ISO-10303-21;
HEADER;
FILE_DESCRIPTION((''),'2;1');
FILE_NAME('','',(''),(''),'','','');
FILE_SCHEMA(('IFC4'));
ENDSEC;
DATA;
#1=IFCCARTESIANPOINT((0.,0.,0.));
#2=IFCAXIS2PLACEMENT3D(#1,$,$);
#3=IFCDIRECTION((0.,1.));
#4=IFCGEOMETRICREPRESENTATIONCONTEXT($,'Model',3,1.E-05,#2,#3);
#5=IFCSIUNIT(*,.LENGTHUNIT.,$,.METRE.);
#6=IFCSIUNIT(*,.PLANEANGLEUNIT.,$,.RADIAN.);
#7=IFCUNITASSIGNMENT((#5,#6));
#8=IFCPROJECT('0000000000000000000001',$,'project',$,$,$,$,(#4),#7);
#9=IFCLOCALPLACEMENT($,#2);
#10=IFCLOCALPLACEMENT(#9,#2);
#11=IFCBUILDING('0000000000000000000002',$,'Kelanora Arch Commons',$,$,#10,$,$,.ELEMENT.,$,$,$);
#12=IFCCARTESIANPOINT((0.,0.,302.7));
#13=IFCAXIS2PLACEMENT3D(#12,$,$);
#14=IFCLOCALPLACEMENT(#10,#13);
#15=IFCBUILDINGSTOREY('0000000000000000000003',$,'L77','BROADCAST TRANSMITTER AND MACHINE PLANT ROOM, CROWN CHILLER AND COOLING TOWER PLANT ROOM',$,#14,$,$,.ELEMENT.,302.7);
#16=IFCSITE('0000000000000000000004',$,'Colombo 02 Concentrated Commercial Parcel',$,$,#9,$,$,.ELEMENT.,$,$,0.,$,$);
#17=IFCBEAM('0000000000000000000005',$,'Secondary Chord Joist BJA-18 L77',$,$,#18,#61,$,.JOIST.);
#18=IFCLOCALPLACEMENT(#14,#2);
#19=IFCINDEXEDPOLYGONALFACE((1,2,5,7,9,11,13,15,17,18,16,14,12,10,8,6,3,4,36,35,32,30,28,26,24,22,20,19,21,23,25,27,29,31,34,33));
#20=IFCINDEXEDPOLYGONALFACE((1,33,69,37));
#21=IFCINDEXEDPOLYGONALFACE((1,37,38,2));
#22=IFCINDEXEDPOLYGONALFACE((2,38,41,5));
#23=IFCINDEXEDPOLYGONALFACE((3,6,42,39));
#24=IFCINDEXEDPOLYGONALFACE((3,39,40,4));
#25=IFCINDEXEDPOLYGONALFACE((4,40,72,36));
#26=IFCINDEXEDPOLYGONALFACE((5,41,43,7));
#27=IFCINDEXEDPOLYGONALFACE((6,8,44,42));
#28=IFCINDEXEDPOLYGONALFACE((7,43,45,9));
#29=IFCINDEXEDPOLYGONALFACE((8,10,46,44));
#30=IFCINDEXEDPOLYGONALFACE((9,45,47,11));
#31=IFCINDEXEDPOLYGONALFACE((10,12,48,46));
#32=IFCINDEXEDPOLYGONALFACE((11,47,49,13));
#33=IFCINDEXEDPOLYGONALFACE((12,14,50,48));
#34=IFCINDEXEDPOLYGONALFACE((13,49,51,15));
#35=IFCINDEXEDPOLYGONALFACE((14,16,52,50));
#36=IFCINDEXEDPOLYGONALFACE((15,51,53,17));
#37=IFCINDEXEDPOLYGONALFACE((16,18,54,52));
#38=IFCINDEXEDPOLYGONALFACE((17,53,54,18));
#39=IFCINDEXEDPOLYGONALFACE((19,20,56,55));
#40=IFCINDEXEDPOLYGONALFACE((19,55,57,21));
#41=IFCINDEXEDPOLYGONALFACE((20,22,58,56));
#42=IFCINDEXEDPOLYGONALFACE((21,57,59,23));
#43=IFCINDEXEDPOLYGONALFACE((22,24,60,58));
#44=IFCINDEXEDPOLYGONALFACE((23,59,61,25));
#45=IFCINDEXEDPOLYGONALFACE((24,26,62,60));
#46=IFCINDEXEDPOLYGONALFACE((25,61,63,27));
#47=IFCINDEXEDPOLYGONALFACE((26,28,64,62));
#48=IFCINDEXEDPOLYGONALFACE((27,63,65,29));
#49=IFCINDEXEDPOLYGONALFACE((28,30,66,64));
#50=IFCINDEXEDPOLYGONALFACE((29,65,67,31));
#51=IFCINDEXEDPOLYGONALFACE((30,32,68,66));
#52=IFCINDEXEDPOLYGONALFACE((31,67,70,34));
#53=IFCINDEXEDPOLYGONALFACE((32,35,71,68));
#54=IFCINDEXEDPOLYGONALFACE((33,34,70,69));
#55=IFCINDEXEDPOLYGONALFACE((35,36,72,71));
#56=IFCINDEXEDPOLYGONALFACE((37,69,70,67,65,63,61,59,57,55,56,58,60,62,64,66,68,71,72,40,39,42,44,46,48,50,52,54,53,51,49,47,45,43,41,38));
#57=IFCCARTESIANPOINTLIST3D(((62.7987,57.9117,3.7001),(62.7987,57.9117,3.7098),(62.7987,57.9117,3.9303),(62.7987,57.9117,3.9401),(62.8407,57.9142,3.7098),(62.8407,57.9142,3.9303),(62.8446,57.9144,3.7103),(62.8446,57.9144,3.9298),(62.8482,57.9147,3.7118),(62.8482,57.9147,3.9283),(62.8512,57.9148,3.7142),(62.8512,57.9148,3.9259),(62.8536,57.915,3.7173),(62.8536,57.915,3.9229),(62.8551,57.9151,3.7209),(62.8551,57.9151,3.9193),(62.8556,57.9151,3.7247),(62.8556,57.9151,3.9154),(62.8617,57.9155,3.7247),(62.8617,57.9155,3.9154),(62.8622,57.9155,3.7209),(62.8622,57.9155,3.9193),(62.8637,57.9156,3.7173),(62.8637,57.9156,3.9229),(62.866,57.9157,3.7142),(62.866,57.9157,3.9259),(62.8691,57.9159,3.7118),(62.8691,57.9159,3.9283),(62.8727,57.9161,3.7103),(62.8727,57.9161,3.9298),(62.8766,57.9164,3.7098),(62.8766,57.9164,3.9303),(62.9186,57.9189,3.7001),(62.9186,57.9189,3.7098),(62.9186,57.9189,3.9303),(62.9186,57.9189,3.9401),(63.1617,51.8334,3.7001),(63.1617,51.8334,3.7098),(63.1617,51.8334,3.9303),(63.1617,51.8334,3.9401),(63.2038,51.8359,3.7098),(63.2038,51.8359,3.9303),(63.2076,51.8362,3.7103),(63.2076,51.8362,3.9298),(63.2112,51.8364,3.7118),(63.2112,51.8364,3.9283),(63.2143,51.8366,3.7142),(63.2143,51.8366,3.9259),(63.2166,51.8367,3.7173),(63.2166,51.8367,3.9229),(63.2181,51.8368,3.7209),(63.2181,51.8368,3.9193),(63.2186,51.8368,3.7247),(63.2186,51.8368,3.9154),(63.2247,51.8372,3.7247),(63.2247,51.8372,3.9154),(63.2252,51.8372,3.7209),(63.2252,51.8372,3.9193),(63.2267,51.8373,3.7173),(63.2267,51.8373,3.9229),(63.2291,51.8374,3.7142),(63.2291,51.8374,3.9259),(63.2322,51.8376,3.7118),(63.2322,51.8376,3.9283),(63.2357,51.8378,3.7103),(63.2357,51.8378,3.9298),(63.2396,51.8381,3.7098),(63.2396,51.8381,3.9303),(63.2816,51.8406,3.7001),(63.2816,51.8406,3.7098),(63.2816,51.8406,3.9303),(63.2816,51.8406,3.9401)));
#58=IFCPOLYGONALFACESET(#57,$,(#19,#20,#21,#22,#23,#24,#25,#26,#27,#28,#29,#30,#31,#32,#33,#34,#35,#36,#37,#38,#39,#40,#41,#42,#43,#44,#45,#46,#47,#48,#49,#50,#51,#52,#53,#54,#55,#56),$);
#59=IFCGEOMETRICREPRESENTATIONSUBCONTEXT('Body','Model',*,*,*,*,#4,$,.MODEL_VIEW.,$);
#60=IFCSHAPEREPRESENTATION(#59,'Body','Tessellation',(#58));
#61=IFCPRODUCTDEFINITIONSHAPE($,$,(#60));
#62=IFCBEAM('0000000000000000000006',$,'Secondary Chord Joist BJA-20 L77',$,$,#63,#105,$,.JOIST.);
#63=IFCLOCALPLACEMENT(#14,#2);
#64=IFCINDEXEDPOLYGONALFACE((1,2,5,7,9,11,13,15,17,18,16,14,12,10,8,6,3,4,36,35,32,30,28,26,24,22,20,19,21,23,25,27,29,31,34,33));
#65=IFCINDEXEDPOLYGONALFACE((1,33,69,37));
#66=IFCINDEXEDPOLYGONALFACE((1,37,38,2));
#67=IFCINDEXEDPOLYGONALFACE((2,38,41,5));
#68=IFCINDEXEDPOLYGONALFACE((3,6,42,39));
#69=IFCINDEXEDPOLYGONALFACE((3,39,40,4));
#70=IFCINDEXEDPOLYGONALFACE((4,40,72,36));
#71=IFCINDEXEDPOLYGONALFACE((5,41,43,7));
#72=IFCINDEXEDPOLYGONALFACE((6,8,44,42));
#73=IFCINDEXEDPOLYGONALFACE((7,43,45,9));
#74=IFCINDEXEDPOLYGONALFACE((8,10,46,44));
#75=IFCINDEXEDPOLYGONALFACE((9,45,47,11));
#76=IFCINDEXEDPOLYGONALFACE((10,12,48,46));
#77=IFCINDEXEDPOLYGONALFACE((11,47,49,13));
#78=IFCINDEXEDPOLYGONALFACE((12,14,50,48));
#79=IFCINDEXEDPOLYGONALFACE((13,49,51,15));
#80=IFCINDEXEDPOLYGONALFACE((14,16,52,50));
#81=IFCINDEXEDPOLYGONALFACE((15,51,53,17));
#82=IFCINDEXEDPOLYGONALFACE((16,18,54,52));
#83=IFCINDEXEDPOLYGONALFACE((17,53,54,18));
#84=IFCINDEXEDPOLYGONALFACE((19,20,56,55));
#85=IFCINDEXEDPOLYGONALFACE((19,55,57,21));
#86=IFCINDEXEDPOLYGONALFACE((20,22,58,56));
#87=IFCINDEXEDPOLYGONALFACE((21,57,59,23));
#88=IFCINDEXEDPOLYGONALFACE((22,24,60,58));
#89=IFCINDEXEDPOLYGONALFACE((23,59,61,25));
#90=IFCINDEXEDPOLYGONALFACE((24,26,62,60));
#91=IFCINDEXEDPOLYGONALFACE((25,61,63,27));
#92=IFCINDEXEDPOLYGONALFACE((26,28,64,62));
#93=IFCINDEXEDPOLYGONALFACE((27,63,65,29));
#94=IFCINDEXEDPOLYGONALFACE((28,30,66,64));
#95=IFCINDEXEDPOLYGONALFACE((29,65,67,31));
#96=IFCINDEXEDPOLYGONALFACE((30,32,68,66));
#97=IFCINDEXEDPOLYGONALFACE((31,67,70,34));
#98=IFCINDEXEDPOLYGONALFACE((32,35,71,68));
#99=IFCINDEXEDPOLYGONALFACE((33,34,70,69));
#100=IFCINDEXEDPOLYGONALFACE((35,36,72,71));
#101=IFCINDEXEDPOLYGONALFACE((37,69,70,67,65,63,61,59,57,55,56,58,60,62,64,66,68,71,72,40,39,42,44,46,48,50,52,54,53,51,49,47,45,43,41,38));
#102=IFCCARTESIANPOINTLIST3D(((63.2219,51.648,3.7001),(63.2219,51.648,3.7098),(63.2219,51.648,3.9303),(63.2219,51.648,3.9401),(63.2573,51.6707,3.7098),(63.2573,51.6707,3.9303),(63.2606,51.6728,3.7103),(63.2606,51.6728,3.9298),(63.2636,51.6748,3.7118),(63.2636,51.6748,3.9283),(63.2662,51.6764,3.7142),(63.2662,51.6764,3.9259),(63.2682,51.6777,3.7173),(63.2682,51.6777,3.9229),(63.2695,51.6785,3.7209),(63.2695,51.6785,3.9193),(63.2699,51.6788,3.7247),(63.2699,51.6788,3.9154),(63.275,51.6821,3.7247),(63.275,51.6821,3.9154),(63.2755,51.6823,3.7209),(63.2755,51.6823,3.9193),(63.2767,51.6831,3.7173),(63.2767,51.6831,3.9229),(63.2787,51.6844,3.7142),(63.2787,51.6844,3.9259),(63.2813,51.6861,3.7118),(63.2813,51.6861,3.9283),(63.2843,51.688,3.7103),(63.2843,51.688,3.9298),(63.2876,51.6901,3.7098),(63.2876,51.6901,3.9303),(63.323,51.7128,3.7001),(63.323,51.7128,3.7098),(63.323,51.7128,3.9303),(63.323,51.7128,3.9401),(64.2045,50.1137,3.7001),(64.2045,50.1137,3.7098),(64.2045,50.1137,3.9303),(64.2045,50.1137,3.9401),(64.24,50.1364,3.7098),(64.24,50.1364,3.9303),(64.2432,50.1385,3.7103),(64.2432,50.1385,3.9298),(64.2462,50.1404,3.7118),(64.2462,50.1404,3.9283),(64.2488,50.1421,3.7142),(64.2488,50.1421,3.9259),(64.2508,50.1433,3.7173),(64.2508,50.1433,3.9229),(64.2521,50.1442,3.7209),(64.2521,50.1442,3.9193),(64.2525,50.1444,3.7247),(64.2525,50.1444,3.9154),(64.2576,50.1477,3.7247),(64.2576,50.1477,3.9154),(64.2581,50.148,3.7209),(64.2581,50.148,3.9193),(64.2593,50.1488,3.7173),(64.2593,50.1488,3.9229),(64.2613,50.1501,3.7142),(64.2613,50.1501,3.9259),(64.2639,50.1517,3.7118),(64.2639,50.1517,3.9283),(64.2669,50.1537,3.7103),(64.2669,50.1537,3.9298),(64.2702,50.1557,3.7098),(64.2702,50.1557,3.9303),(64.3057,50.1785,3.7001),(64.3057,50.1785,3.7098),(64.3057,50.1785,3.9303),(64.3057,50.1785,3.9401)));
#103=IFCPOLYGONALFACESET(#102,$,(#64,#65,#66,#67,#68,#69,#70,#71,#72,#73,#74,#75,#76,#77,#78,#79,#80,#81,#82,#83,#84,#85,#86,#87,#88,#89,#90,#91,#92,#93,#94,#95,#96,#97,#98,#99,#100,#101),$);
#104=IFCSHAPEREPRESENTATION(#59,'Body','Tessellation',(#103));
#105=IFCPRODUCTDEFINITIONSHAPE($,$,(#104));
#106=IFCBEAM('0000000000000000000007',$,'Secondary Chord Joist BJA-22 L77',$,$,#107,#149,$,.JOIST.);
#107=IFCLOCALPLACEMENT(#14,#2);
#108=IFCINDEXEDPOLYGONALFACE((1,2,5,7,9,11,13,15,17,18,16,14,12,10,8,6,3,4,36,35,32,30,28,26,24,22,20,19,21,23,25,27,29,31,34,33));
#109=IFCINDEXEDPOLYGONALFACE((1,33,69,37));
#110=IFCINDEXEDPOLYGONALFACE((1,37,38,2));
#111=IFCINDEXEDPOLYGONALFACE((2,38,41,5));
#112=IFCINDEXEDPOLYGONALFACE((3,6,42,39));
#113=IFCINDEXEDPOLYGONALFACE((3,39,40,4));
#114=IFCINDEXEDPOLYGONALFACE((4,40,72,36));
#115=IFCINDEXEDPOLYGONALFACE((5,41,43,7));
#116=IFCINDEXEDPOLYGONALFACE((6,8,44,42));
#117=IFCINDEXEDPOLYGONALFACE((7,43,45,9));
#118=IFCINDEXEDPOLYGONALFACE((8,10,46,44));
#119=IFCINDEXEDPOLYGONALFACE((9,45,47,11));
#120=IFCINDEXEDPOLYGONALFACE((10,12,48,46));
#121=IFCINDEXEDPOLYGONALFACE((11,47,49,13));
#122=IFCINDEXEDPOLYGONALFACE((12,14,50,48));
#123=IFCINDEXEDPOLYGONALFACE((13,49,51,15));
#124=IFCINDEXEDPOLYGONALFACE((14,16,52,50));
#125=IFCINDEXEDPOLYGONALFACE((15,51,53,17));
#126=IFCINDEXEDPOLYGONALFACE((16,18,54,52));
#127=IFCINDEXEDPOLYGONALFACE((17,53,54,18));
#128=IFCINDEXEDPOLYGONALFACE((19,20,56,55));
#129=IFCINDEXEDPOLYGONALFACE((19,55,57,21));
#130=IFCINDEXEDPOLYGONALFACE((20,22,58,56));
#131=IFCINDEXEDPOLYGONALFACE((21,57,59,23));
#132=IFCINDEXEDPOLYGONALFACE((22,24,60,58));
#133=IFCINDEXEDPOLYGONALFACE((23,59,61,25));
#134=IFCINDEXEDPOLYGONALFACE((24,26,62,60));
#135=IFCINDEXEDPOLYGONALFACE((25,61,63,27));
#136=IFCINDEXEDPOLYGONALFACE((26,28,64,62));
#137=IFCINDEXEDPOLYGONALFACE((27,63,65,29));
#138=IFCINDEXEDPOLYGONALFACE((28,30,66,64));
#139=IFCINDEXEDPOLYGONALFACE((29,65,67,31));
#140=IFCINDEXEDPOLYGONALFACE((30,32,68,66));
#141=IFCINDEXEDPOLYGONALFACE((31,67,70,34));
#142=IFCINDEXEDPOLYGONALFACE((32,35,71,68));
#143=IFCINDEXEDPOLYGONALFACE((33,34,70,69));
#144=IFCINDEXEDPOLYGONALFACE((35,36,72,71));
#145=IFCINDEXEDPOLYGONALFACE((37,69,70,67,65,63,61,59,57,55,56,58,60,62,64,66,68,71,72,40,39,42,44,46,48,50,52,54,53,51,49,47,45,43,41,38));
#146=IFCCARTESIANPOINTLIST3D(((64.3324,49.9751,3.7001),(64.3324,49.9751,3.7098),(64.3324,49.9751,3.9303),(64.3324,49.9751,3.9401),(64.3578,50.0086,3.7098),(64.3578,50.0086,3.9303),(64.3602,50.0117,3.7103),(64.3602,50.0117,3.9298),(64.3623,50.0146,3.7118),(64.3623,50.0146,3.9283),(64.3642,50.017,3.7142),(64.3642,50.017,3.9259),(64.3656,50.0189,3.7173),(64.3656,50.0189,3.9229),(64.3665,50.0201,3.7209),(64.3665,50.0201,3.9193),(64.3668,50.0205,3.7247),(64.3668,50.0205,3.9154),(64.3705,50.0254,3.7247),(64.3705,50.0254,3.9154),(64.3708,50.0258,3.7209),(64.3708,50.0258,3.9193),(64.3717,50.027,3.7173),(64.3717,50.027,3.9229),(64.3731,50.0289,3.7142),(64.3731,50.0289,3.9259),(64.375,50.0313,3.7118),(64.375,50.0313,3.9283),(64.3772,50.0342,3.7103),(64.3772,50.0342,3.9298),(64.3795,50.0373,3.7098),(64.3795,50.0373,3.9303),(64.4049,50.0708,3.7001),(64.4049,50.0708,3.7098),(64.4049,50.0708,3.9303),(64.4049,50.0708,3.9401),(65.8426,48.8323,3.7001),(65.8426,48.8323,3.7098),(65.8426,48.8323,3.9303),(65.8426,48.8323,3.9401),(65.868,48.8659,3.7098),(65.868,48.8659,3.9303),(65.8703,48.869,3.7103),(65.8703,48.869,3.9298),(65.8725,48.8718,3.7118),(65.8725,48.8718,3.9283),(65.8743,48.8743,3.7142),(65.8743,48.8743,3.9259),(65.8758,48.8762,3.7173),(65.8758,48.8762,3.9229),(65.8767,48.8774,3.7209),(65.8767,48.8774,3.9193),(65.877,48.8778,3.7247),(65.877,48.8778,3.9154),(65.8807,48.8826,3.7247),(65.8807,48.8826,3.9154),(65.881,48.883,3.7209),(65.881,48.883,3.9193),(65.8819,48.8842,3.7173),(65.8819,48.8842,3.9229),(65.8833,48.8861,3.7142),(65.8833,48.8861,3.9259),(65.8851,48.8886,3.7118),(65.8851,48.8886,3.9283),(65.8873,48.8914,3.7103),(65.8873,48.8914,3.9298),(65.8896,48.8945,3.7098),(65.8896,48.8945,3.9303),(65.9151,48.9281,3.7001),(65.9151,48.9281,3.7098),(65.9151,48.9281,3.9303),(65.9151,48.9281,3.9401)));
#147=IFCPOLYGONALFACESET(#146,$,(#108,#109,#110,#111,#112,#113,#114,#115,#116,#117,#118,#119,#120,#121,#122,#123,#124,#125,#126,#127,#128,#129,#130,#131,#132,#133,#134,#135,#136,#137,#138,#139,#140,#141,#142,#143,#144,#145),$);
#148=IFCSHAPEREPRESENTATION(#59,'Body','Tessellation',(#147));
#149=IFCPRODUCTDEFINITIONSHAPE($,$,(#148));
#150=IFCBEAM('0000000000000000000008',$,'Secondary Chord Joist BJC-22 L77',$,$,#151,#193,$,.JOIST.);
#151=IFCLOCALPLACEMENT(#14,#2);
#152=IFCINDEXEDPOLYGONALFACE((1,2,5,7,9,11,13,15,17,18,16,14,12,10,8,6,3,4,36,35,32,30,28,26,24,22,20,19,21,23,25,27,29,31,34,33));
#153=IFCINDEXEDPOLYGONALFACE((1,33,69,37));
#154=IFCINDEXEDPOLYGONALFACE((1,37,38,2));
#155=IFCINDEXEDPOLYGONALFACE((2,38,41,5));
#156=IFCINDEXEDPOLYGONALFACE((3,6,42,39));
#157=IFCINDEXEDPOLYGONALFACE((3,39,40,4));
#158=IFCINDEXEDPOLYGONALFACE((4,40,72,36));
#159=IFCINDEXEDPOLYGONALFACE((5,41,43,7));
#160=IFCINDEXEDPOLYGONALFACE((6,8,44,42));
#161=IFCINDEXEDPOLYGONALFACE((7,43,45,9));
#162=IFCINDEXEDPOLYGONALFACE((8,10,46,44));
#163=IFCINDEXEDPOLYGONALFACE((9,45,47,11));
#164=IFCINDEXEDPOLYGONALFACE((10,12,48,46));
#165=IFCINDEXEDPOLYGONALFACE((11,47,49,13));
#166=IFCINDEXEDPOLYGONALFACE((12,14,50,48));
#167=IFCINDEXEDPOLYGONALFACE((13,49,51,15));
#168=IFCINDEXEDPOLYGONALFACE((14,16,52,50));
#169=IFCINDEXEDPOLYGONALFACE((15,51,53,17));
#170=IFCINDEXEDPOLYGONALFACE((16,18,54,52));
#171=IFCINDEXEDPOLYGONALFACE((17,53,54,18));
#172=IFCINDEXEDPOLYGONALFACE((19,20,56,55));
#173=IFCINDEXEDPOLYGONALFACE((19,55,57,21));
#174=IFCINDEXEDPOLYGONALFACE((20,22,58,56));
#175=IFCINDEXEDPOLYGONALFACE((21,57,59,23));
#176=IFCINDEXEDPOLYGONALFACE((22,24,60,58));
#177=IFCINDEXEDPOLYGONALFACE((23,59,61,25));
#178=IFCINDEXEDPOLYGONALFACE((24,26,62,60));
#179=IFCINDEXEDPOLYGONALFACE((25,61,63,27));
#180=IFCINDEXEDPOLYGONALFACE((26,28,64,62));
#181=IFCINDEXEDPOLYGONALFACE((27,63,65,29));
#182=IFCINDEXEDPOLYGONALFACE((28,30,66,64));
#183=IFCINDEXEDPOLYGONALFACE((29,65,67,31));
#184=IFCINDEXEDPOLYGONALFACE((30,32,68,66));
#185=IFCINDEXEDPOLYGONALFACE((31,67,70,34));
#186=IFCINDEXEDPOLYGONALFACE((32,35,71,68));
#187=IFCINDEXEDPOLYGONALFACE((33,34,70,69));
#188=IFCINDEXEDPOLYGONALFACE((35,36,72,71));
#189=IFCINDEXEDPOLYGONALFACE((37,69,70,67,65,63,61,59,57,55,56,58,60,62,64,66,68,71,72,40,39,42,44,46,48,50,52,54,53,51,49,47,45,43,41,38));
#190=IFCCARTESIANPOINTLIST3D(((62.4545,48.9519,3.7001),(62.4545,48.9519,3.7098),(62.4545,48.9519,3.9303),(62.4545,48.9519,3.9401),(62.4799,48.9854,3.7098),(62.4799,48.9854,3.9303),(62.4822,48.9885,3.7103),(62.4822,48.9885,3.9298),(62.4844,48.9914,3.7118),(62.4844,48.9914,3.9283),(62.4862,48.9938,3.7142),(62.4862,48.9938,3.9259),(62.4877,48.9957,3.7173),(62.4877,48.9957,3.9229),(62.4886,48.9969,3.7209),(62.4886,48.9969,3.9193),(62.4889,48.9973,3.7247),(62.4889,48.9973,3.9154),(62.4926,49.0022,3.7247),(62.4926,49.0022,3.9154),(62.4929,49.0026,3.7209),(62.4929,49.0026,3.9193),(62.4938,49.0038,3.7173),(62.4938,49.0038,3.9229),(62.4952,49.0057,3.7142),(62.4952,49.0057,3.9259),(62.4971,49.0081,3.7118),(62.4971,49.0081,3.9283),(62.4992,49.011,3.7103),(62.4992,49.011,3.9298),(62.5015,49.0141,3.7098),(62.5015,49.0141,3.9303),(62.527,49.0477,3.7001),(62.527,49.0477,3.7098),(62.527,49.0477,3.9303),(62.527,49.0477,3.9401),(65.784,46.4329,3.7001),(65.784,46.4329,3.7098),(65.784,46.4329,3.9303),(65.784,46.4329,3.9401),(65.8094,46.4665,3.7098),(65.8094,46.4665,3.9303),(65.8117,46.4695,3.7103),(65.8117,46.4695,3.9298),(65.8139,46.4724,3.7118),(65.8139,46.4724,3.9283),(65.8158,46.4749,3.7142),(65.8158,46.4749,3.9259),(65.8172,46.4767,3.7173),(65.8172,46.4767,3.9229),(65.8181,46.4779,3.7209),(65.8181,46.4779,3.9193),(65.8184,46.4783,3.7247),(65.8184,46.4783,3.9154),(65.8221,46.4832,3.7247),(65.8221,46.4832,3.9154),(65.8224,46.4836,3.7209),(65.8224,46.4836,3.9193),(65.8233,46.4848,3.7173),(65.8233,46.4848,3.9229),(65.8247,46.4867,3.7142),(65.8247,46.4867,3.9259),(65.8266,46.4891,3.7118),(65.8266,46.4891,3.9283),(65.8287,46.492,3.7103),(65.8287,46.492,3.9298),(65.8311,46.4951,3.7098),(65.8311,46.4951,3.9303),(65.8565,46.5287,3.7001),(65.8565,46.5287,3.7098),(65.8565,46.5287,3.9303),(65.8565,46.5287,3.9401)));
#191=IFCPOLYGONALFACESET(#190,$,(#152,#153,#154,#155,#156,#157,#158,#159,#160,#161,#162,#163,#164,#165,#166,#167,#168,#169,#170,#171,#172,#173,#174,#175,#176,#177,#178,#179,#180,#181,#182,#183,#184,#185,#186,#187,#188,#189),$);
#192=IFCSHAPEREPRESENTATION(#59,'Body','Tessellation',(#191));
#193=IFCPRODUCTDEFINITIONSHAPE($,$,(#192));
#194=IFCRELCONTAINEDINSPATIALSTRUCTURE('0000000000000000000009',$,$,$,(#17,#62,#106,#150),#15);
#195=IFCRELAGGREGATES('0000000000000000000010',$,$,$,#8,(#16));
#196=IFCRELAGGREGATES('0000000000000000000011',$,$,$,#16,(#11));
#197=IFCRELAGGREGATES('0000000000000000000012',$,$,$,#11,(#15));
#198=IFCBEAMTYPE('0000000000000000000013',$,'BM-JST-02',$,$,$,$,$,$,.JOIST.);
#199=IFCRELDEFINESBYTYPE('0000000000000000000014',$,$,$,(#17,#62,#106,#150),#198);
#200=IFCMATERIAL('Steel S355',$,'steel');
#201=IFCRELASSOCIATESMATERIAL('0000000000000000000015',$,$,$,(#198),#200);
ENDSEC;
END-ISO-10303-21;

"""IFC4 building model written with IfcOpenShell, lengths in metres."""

from ifc_helpers import new_model, si_unit, direction, frame, origin, origin_2d, place, context, subcontext, project, spatial, i_section, extrude, material, material_profile, profile_set, type_object, element, save


model = new_model("IFC4")

# Units and contexts
model_context = context("Model", 3, precision=1e-05, world=origin(), true_north=direction((0.0, 1.0)))
body_context = subcontext(model_context, "Body", "Model", "MODEL_VIEW")
ifc_project = project(units=[si_unit("LENGTHUNIT", "METRE"), si_unit("PLANEANGLEUNIT", "RADIAN")], contexts=[model_context])

# Site, building, storey
site_placement = place(None, origin())
site = spatial("IfcSite", under=ifc_project, at=site_placement, Name="Colombo 02 Concentrated Commercial Parcel", CompositionType="ELEMENT", RefElevation=0.0)
building_placement = place(site_placement, origin())
building = spatial("IfcBuilding", under=site, at=building_placement, Name="Kelanora Arch Commons", CompositionType="ELEMENT")
storey_placement = place(building_placement, frame((0.0, 0.0, 302.7)))
storey = spatial("IfcBuildingStorey", under=building, at=storey_placement, Name="L77", Description="BROADCAST TRANSMITTER AND MACHINE PLANT ROOM, CROWN CHILLER AND COOLING TOWER PLANT ROOM", CompositionType="ELEMENT", Elevation=302.7)

# Beams
ifc_material_1 = material(Name="Steel S355", Category="steel")
ifc_material_profile_1 = material_profile(ifc_material_1, i_section(OverallWidth=0.1201, OverallDepth=0.24, WebThickness=0.0061, FlangeThickness=0.0098, FilletRadius=0.0149, at=origin_2d()), Name="IPE240")
ifc_profile_set_1 = profile_set([ifc_material_profile_1], Name="Steel S355")
beam_type_1 = type_object("IfcBeamType", Name="BM-JST-02", PredefinedType="JOIST", material=ifc_profile_set_1)
beam_1_placement = place(storey_placement, frame((62.8586, 57.9153, 3.8201), z_axis=(0.05962, -0.998221, 0.0), x_axis=(0.998221, 0.05962, 0.0)))
element("IfcBeam", 1, at=beam_1_placement, inside=storey, type_object=beam_type_1, Name="Secondary Chord Joist BJA-18 L77", PredefinedType="JOIST", context=body_context, shape_type="SweptSolid", body=[
    extrude(i_section(OverallWidth=0.1201, OverallDepth=0.24, WebThickness=0.0061, FlangeThickness=0.0098, FilletRadius=0.0149, at=origin_2d()), origin(), (0.0, 0.0, 1.0), 6.0891),
])
beam_2_placement = place(storey_placement, frame((63.2725, 51.6804, 3.8201), z_axis=(0.539301, -0.842113, 0.0), x_axis=(0.842113, 0.539301, 0.0)))
element("IfcBeam", 2, at=beam_2_placement, inside=storey, type_object=beam_type_1, Name="Secondary Chord Joist BJA-20 L77", PredefinedType="JOIST", context=body_context, shape_type="SweptSolid", body=[
    extrude(i_section(OverallWidth=0.1201, OverallDepth=0.24, WebThickness=0.0061, FlangeThickness=0.0098, FilletRadius=0.0149, at=origin_2d()), origin(), (0.0, 0.0, 1.0), 1.822),
])
beam_3_placement = place(storey_placement, frame((64.3687, 50.0229, 3.8201), z_axis=(0.797425, -0.603418, 0.0), x_axis=(0.603418, 0.797425, 0.0)))
element("IfcBeam", 3, at=beam_3_placement, inside=storey, type_object=beam_type_1, Name="Secondary Chord Joist BJA-22 L77", PredefinedType="JOIST", context=body_context, shape_type="SweptSolid", body=[
    extrude(i_section(OverallWidth=0.1201, OverallDepth=0.24, WebThickness=0.0061, FlangeThickness=0.0098, FilletRadius=0.0149, at=origin_2d()), origin(), (0.0, 0.0, 1.0), 1.8938),
])
beam_4_placement = place(storey_placement, frame((62.4907, 48.9998, 3.8201), z_axis=(0.797481, -0.603344, 0.0), x_axis=(0.603344, 0.797481, 0.0)))
element("IfcBeam", 4, at=beam_4_placement, inside=storey, type_object=beam_type_1, Name="Secondary Chord Joist BJC-22 L77", PredefinedType="JOIST", context=body_context, shape_type="SweptSolid", body=[
    extrude(i_section(OverallWidth=0.1201, OverallDepth=0.24, WebThickness=0.0061, FlangeThickness=0.0098, FilletRadius=0.0149, at=origin_2d()), origin(), (0.0, 0.0, 1.0), 4.175),
])

save(model, "model.ifc")
